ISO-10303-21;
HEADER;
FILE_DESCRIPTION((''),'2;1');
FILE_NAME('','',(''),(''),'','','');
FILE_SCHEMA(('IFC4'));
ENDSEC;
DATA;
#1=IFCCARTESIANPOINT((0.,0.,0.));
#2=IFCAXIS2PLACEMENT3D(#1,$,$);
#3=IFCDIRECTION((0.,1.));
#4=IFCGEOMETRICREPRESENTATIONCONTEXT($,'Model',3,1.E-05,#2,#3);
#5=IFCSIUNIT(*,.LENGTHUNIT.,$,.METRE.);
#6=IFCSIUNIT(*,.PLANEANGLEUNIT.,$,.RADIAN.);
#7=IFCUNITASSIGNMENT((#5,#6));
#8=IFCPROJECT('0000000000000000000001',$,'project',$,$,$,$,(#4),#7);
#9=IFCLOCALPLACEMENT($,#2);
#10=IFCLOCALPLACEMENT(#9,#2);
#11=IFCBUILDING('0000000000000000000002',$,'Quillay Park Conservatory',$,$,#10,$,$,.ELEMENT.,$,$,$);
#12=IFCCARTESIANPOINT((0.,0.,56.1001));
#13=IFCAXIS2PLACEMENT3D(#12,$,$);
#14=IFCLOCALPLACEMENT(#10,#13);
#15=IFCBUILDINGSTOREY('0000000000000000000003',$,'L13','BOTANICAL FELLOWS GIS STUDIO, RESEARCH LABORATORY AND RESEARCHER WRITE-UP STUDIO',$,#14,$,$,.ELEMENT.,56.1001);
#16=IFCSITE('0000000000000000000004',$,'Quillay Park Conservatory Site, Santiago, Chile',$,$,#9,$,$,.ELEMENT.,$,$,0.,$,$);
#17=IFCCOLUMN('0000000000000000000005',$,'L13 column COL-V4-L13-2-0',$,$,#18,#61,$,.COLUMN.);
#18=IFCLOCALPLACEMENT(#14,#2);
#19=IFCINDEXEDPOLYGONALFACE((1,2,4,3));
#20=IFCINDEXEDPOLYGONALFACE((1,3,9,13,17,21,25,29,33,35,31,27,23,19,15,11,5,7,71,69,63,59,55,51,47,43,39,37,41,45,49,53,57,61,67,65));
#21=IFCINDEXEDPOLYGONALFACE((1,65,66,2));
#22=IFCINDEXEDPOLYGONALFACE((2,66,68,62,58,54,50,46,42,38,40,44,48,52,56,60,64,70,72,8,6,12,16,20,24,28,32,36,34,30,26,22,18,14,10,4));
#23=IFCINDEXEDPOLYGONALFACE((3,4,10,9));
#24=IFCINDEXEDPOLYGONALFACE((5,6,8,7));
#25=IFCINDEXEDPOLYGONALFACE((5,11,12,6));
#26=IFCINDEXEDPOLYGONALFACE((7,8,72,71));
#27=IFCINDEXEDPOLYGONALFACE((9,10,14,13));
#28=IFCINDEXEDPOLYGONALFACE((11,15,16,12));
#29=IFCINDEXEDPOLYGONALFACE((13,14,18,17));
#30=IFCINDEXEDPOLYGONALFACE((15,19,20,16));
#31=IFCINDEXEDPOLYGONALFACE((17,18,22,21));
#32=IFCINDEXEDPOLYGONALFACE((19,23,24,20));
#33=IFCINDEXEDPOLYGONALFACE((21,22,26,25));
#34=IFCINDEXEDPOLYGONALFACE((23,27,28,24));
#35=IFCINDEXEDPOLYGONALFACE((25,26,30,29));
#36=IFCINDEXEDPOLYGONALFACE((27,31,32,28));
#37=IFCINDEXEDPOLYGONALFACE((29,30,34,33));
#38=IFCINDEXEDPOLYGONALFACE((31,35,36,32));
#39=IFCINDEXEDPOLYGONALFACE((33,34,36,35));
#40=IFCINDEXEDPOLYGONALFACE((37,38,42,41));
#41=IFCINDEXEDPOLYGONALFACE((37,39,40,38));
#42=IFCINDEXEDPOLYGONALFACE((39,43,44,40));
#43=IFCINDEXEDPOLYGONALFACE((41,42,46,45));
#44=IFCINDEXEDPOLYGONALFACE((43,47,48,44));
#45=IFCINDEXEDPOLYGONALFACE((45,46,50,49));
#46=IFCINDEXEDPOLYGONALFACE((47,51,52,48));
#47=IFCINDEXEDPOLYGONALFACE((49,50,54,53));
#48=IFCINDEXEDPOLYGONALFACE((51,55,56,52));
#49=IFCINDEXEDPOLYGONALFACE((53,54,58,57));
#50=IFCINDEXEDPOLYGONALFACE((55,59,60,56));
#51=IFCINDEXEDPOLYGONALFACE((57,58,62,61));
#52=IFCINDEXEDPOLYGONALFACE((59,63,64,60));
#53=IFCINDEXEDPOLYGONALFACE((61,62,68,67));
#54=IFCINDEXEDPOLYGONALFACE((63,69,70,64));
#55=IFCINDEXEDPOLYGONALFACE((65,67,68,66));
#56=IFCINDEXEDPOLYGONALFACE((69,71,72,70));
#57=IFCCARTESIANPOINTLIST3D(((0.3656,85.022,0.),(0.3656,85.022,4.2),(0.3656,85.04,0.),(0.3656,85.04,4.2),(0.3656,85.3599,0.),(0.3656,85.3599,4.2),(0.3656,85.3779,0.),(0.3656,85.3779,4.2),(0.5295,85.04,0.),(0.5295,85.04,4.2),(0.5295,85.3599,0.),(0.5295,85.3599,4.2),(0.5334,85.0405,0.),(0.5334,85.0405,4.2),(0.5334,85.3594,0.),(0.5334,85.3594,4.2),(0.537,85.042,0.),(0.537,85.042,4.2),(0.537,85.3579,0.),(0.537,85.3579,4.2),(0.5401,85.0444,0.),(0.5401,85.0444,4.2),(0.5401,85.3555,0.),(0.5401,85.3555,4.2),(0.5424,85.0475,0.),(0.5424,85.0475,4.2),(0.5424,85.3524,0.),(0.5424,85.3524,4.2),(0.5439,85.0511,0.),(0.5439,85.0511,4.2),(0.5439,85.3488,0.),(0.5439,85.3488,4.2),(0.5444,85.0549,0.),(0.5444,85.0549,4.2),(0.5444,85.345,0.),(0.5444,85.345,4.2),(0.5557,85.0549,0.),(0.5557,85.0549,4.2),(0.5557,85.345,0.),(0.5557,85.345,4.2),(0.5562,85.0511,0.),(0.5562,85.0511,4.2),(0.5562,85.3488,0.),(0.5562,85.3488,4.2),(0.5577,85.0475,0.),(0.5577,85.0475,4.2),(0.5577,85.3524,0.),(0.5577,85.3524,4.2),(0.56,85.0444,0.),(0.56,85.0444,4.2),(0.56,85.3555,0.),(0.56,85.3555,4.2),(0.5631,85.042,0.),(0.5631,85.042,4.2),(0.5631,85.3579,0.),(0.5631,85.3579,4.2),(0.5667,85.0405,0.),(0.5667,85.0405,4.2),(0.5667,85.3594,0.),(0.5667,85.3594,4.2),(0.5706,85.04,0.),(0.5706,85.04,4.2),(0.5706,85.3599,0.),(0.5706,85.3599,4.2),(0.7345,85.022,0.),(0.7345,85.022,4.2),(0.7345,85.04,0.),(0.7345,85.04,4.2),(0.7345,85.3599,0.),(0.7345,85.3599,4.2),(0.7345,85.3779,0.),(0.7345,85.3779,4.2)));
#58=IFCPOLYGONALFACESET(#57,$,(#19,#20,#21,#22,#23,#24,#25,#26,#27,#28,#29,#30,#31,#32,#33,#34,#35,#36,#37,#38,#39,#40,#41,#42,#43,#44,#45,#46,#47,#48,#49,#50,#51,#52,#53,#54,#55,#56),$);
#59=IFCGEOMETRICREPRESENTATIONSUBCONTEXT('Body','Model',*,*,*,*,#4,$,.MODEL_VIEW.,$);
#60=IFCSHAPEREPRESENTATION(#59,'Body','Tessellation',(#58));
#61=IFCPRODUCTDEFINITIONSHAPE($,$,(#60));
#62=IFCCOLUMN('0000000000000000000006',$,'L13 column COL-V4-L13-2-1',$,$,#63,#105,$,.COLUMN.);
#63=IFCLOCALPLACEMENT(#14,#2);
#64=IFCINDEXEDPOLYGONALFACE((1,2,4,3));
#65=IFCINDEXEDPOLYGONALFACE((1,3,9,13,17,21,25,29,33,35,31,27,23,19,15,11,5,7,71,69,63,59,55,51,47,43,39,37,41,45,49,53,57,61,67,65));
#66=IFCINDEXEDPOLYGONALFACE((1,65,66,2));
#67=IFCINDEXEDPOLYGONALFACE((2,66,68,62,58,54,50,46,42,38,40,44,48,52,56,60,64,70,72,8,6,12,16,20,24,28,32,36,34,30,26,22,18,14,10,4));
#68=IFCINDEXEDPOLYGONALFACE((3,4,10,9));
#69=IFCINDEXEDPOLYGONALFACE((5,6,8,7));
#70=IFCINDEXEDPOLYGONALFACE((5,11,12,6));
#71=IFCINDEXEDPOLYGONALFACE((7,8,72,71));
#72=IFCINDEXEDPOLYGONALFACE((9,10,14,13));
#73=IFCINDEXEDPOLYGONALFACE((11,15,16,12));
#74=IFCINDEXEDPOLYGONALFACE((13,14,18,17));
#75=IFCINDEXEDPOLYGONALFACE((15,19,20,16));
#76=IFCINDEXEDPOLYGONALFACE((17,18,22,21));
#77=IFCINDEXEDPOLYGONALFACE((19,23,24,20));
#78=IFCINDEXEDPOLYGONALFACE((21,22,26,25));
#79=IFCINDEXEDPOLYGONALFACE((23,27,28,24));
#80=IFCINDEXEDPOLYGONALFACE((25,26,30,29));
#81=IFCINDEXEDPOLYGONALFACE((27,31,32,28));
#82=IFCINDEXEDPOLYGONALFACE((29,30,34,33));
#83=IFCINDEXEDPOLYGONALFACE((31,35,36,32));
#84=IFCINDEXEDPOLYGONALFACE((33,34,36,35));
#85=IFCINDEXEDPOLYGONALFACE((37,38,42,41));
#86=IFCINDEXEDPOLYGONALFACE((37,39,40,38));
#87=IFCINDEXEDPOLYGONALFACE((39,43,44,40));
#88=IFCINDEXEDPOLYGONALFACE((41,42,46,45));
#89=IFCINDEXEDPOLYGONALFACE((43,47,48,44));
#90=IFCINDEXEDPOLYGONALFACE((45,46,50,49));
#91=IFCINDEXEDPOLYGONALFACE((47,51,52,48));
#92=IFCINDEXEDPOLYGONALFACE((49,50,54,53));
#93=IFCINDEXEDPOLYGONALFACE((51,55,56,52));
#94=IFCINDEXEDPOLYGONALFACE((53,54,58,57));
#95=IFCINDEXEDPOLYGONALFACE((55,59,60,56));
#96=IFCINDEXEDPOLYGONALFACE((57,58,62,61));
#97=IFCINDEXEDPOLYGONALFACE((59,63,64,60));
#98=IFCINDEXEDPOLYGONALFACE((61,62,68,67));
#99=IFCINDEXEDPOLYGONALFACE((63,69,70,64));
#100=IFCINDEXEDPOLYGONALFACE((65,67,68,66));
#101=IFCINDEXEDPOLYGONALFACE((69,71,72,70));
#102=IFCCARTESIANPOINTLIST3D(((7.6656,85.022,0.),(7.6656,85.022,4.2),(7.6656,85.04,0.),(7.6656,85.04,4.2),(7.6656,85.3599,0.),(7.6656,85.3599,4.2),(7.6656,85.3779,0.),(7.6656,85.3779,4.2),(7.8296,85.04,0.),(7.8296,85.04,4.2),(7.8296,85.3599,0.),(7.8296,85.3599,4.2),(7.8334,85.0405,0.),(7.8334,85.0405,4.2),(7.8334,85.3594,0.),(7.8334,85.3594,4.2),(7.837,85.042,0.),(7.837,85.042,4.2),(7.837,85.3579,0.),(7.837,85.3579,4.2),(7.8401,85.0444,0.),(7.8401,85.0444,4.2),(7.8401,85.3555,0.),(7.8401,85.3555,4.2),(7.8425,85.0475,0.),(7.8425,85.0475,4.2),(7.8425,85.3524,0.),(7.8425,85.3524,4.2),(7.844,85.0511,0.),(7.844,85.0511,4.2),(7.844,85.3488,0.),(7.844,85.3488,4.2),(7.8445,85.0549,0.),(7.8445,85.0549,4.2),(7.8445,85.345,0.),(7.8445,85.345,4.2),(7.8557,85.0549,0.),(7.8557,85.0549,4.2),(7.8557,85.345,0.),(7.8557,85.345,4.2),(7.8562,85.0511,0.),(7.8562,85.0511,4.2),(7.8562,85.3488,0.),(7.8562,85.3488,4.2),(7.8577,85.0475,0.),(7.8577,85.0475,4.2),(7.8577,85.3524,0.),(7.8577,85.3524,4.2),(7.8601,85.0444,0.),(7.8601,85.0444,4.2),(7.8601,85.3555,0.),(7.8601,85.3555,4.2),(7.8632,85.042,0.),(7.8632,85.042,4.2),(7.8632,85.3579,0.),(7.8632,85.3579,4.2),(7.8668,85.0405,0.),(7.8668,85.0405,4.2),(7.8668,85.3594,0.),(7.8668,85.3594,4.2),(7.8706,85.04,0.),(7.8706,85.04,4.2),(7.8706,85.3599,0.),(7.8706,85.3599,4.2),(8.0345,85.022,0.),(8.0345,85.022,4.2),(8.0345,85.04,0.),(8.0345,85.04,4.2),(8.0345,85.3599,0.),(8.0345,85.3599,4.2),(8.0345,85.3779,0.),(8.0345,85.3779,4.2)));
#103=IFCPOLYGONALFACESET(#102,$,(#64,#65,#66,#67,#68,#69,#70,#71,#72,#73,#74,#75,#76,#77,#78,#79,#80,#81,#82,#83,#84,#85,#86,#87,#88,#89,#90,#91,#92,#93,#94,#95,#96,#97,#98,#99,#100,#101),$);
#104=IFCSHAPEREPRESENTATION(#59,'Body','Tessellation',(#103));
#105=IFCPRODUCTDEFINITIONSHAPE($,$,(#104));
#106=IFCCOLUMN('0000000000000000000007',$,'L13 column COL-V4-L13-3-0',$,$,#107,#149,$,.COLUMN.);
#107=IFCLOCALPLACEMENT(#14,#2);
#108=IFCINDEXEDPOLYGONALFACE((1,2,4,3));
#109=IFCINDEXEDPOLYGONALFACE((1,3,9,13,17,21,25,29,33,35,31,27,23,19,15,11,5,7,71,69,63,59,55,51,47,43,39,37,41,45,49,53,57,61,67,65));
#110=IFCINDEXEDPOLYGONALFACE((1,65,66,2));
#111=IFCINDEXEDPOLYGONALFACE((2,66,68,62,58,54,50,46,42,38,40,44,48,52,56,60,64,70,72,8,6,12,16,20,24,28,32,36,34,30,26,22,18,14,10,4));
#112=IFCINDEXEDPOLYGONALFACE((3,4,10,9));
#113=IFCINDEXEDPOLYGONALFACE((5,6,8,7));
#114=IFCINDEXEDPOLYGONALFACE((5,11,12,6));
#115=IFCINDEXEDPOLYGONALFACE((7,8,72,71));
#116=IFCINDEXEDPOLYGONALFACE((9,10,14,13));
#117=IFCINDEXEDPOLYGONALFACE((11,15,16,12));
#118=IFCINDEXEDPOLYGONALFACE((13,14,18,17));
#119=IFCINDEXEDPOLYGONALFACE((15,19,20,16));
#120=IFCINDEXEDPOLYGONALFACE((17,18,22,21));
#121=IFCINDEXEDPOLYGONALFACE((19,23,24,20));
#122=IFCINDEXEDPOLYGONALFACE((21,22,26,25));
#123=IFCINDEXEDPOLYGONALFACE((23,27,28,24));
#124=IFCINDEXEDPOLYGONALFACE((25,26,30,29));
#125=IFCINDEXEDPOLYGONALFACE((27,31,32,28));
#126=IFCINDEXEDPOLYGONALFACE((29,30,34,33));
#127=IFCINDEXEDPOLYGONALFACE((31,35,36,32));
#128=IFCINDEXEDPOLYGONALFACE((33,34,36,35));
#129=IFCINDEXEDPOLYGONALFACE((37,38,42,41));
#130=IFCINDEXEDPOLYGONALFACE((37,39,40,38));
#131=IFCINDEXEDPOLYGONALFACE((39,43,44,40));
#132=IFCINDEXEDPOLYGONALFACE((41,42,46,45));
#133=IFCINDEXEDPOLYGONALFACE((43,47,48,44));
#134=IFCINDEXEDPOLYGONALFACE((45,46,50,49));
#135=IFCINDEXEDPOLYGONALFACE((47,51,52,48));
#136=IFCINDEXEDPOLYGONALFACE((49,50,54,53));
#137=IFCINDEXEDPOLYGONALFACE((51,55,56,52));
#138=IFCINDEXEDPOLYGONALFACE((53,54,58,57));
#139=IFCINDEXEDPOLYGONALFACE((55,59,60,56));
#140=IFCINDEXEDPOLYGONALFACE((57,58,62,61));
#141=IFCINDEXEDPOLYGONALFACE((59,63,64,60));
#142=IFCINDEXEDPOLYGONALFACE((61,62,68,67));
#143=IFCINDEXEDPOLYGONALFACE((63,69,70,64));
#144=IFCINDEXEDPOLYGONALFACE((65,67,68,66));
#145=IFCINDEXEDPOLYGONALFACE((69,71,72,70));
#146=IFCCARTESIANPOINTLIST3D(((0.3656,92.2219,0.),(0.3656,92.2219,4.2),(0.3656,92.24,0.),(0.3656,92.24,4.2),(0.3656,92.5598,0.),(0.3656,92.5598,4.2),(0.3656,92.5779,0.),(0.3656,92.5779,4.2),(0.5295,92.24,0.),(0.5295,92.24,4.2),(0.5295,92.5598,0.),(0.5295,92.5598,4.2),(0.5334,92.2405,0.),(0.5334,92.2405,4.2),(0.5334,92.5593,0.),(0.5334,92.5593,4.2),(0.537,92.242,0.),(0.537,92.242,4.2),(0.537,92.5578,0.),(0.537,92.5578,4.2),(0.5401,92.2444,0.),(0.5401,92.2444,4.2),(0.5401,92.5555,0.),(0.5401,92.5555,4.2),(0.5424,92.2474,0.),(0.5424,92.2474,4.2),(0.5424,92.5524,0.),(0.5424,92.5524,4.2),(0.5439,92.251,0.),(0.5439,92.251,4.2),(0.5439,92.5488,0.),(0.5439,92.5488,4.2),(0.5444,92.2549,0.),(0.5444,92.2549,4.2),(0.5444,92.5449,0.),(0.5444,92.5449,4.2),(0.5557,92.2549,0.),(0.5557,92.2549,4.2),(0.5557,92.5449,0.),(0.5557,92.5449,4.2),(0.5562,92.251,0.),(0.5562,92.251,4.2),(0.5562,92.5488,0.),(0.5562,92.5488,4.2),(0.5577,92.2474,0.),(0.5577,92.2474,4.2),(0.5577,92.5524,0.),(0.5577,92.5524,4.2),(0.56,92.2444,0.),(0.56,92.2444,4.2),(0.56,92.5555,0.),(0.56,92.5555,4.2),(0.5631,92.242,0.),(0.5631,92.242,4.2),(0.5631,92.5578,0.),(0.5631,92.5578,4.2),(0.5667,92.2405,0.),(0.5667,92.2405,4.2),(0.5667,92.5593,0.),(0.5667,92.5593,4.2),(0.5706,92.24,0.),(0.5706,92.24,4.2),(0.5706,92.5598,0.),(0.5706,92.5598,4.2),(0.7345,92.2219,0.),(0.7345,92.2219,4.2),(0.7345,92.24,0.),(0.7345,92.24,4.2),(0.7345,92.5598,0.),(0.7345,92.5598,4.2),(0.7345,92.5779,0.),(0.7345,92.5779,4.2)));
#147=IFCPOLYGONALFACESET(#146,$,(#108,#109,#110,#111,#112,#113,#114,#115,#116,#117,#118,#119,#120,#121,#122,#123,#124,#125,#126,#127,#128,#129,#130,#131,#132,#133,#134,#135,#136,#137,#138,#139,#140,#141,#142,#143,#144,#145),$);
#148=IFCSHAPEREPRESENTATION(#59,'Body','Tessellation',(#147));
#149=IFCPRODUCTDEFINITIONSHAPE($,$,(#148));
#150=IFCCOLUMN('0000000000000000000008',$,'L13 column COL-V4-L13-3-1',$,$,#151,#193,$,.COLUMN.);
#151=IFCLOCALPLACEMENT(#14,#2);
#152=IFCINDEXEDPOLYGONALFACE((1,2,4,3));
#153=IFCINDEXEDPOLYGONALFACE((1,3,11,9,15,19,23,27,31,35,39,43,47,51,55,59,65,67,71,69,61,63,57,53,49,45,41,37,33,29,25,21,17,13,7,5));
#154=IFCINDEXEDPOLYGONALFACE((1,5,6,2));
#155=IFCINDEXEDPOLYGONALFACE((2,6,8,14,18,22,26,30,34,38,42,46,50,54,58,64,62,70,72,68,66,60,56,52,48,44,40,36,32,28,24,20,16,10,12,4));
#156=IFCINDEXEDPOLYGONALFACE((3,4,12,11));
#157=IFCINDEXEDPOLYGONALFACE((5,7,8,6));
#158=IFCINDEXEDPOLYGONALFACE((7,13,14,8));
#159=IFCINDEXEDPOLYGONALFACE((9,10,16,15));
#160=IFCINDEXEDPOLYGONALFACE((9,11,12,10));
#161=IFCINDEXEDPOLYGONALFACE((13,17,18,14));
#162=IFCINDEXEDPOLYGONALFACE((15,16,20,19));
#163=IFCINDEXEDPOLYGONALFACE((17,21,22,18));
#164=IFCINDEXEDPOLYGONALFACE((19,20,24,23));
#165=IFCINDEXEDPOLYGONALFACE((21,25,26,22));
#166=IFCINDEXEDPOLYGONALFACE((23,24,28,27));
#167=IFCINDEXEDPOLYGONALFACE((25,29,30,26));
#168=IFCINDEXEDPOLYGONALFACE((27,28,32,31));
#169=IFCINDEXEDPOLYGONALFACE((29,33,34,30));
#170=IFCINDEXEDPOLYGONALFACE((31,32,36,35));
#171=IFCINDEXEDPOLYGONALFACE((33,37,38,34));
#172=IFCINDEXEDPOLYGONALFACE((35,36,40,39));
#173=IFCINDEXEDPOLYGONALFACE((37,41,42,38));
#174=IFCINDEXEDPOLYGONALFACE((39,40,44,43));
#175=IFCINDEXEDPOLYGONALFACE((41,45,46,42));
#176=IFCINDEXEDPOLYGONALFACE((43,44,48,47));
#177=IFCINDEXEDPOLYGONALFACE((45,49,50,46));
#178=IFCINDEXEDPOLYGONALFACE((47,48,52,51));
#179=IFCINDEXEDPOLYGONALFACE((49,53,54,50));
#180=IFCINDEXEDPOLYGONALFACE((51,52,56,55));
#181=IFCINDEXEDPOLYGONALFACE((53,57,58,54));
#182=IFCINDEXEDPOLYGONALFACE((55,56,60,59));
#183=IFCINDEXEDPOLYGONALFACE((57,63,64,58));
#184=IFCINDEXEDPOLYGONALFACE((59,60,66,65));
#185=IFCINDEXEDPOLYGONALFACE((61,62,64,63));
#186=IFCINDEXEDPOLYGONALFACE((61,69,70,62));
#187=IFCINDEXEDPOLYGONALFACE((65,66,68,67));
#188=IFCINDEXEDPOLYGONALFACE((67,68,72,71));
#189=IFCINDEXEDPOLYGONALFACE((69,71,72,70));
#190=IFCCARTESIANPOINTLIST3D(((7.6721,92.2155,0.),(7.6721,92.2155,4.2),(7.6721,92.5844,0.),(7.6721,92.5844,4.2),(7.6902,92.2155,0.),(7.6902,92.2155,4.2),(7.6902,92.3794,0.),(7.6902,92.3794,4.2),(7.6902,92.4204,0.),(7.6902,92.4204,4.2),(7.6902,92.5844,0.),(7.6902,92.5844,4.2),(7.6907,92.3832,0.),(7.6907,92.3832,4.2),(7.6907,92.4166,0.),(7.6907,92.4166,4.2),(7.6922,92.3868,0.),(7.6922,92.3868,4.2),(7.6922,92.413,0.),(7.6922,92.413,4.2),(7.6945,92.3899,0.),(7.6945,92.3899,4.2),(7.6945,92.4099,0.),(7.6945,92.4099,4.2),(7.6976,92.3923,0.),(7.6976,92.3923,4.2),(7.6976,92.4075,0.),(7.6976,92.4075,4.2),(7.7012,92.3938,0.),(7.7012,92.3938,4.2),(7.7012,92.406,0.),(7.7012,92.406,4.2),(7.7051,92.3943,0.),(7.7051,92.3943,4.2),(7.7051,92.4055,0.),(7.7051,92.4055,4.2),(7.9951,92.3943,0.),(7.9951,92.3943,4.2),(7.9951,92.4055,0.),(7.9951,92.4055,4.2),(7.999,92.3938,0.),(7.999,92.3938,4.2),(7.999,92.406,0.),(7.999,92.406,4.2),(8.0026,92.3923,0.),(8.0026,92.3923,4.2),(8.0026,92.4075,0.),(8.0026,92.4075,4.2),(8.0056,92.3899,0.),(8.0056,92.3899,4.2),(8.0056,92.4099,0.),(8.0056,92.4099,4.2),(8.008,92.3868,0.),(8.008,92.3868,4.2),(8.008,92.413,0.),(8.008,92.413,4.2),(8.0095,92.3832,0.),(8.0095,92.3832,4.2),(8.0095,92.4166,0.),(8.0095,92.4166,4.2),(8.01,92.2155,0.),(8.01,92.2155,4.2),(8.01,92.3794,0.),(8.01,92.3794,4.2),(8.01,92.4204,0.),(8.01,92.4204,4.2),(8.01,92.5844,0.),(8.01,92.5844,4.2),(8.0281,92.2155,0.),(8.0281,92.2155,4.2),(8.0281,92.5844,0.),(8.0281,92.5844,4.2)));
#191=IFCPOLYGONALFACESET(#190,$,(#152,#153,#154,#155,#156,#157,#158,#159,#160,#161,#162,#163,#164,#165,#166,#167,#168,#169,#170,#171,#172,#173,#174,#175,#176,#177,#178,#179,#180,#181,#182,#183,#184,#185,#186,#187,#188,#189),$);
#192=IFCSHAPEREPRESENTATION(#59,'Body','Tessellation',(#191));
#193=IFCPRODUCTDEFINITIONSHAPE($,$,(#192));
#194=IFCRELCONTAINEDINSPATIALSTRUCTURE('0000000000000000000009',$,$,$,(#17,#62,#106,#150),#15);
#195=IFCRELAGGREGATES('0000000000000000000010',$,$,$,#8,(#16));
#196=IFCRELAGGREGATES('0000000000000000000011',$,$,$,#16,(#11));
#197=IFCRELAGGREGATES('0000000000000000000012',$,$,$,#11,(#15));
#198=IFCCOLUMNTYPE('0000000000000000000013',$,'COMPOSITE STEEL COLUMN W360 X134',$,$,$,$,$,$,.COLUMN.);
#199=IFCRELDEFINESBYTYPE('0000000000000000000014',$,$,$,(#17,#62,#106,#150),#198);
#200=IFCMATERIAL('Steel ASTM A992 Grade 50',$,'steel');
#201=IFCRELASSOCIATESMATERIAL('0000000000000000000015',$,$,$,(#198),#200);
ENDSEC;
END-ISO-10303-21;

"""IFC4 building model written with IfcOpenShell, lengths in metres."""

from ifc_helpers import new_model, si_unit, direction, frame, origin, origin_2d, place, context, subcontext, project, spatial, i_section, extrude, material, material_profile, profile_set, type_object, element, save


model = new_model("IFC4")

# Units and contexts
model_context = context("Model", 3, precision=1e-05, world=origin(), true_north=direction((0.0, 1.0)))
body_context = subcontext(model_context, "Body", "Model", "MODEL_VIEW")
ifc_project = project(units=[si_unit("LENGTHUNIT", "METRE"), si_unit("PLANEANGLEUNIT", "RADIAN")], contexts=[model_context])

# Site, building, storey
site_placement = place(None, origin())
site = spatial("IfcSite", under=ifc_project, at=site_placement, Name="Quillay Park Conservatory Site, Santiago, Chile", CompositionType="ELEMENT", RefElevation=0.0)
building_placement = place(site_placement, origin())
building = spatial("IfcBuilding", under=site, at=building_placement, Name="Quillay Park Conservatory", CompositionType="ELEMENT")
storey_placement = place(building_placement, frame((0.0, 0.0, 56.1001)))
storey = spatial("IfcBuildingStorey", under=building, at=storey_placement, Name="L13", Description="BOTANICAL FELLOWS GIS STUDIO, RESEARCH LABORATORY AND RESEARCHER WRITE-UP STUDIO", CompositionType="ELEMENT", Elevation=56.1001)

# Columns
ifc_material_1 = material(Name="Steel ASTM A992 Grade 50", Category="steel")
ifc_material_profile_1 = material_profile(ifc_material_1, i_section(OverallWidth=0.3689, OverallDepth=0.356, WebThickness=0.0112, FlangeThickness=0.0181, FilletRadius=0.0149, at=origin_2d()), Name="W360x134")
ifc_profile_set_1 = profile_set([ifc_material_profile_1], Name="Steel ASTM A992 Grade 50")
column_type = type_object("IfcColumnType", Name="COMPOSITE STEEL COLUMN W360 X134", PredefinedType="COLUMN", material=ifc_profile_set_1)
for number, where, z_axis, x_axis, name in (
    (1, (0.55, 85.2, 0.0), (0.0, 0.0, 1.0), (1.0, 0.0, 0.0), "L13 column COL-V4-L13-2-0"),
    (2, (7.8501, 85.2, 0.0), (0.0, 0.0, 1.0), (1.0, 0.0, 0.0), "L13 column COL-V4-L13-2-1"),
    (3, (0.55, 92.3999, 0.0), (0.0, 0.0, 1.0), (1.0, 0.0, 0.0), "L13 column COL-V4-L13-3-0"),
    (4, (7.8501, 92.3999, 0.0), (0.0, 0.0, 1.0), (0.0, 1.0, 0.0), "L13 column COL-V4-L13-3-1"),
):
    element("IfcColumn", number, at=place(storey_placement, frame(where, z_axis=z_axis, x_axis=x_axis)), inside=storey, type_object=column_type, Name=name, PredefinedType="COLUMN", context=body_context, shape_type="SweptSolid", body=[
        extrude(i_section(OverallWidth=0.3689, OverallDepth=0.356, WebThickness=0.0112, FlangeThickness=0.0181, FilletRadius=0.0149, at=origin_2d()), origin(), (0.0, 0.0, 1.0), 4.2),
    ])

save(model, "model.ifc")
